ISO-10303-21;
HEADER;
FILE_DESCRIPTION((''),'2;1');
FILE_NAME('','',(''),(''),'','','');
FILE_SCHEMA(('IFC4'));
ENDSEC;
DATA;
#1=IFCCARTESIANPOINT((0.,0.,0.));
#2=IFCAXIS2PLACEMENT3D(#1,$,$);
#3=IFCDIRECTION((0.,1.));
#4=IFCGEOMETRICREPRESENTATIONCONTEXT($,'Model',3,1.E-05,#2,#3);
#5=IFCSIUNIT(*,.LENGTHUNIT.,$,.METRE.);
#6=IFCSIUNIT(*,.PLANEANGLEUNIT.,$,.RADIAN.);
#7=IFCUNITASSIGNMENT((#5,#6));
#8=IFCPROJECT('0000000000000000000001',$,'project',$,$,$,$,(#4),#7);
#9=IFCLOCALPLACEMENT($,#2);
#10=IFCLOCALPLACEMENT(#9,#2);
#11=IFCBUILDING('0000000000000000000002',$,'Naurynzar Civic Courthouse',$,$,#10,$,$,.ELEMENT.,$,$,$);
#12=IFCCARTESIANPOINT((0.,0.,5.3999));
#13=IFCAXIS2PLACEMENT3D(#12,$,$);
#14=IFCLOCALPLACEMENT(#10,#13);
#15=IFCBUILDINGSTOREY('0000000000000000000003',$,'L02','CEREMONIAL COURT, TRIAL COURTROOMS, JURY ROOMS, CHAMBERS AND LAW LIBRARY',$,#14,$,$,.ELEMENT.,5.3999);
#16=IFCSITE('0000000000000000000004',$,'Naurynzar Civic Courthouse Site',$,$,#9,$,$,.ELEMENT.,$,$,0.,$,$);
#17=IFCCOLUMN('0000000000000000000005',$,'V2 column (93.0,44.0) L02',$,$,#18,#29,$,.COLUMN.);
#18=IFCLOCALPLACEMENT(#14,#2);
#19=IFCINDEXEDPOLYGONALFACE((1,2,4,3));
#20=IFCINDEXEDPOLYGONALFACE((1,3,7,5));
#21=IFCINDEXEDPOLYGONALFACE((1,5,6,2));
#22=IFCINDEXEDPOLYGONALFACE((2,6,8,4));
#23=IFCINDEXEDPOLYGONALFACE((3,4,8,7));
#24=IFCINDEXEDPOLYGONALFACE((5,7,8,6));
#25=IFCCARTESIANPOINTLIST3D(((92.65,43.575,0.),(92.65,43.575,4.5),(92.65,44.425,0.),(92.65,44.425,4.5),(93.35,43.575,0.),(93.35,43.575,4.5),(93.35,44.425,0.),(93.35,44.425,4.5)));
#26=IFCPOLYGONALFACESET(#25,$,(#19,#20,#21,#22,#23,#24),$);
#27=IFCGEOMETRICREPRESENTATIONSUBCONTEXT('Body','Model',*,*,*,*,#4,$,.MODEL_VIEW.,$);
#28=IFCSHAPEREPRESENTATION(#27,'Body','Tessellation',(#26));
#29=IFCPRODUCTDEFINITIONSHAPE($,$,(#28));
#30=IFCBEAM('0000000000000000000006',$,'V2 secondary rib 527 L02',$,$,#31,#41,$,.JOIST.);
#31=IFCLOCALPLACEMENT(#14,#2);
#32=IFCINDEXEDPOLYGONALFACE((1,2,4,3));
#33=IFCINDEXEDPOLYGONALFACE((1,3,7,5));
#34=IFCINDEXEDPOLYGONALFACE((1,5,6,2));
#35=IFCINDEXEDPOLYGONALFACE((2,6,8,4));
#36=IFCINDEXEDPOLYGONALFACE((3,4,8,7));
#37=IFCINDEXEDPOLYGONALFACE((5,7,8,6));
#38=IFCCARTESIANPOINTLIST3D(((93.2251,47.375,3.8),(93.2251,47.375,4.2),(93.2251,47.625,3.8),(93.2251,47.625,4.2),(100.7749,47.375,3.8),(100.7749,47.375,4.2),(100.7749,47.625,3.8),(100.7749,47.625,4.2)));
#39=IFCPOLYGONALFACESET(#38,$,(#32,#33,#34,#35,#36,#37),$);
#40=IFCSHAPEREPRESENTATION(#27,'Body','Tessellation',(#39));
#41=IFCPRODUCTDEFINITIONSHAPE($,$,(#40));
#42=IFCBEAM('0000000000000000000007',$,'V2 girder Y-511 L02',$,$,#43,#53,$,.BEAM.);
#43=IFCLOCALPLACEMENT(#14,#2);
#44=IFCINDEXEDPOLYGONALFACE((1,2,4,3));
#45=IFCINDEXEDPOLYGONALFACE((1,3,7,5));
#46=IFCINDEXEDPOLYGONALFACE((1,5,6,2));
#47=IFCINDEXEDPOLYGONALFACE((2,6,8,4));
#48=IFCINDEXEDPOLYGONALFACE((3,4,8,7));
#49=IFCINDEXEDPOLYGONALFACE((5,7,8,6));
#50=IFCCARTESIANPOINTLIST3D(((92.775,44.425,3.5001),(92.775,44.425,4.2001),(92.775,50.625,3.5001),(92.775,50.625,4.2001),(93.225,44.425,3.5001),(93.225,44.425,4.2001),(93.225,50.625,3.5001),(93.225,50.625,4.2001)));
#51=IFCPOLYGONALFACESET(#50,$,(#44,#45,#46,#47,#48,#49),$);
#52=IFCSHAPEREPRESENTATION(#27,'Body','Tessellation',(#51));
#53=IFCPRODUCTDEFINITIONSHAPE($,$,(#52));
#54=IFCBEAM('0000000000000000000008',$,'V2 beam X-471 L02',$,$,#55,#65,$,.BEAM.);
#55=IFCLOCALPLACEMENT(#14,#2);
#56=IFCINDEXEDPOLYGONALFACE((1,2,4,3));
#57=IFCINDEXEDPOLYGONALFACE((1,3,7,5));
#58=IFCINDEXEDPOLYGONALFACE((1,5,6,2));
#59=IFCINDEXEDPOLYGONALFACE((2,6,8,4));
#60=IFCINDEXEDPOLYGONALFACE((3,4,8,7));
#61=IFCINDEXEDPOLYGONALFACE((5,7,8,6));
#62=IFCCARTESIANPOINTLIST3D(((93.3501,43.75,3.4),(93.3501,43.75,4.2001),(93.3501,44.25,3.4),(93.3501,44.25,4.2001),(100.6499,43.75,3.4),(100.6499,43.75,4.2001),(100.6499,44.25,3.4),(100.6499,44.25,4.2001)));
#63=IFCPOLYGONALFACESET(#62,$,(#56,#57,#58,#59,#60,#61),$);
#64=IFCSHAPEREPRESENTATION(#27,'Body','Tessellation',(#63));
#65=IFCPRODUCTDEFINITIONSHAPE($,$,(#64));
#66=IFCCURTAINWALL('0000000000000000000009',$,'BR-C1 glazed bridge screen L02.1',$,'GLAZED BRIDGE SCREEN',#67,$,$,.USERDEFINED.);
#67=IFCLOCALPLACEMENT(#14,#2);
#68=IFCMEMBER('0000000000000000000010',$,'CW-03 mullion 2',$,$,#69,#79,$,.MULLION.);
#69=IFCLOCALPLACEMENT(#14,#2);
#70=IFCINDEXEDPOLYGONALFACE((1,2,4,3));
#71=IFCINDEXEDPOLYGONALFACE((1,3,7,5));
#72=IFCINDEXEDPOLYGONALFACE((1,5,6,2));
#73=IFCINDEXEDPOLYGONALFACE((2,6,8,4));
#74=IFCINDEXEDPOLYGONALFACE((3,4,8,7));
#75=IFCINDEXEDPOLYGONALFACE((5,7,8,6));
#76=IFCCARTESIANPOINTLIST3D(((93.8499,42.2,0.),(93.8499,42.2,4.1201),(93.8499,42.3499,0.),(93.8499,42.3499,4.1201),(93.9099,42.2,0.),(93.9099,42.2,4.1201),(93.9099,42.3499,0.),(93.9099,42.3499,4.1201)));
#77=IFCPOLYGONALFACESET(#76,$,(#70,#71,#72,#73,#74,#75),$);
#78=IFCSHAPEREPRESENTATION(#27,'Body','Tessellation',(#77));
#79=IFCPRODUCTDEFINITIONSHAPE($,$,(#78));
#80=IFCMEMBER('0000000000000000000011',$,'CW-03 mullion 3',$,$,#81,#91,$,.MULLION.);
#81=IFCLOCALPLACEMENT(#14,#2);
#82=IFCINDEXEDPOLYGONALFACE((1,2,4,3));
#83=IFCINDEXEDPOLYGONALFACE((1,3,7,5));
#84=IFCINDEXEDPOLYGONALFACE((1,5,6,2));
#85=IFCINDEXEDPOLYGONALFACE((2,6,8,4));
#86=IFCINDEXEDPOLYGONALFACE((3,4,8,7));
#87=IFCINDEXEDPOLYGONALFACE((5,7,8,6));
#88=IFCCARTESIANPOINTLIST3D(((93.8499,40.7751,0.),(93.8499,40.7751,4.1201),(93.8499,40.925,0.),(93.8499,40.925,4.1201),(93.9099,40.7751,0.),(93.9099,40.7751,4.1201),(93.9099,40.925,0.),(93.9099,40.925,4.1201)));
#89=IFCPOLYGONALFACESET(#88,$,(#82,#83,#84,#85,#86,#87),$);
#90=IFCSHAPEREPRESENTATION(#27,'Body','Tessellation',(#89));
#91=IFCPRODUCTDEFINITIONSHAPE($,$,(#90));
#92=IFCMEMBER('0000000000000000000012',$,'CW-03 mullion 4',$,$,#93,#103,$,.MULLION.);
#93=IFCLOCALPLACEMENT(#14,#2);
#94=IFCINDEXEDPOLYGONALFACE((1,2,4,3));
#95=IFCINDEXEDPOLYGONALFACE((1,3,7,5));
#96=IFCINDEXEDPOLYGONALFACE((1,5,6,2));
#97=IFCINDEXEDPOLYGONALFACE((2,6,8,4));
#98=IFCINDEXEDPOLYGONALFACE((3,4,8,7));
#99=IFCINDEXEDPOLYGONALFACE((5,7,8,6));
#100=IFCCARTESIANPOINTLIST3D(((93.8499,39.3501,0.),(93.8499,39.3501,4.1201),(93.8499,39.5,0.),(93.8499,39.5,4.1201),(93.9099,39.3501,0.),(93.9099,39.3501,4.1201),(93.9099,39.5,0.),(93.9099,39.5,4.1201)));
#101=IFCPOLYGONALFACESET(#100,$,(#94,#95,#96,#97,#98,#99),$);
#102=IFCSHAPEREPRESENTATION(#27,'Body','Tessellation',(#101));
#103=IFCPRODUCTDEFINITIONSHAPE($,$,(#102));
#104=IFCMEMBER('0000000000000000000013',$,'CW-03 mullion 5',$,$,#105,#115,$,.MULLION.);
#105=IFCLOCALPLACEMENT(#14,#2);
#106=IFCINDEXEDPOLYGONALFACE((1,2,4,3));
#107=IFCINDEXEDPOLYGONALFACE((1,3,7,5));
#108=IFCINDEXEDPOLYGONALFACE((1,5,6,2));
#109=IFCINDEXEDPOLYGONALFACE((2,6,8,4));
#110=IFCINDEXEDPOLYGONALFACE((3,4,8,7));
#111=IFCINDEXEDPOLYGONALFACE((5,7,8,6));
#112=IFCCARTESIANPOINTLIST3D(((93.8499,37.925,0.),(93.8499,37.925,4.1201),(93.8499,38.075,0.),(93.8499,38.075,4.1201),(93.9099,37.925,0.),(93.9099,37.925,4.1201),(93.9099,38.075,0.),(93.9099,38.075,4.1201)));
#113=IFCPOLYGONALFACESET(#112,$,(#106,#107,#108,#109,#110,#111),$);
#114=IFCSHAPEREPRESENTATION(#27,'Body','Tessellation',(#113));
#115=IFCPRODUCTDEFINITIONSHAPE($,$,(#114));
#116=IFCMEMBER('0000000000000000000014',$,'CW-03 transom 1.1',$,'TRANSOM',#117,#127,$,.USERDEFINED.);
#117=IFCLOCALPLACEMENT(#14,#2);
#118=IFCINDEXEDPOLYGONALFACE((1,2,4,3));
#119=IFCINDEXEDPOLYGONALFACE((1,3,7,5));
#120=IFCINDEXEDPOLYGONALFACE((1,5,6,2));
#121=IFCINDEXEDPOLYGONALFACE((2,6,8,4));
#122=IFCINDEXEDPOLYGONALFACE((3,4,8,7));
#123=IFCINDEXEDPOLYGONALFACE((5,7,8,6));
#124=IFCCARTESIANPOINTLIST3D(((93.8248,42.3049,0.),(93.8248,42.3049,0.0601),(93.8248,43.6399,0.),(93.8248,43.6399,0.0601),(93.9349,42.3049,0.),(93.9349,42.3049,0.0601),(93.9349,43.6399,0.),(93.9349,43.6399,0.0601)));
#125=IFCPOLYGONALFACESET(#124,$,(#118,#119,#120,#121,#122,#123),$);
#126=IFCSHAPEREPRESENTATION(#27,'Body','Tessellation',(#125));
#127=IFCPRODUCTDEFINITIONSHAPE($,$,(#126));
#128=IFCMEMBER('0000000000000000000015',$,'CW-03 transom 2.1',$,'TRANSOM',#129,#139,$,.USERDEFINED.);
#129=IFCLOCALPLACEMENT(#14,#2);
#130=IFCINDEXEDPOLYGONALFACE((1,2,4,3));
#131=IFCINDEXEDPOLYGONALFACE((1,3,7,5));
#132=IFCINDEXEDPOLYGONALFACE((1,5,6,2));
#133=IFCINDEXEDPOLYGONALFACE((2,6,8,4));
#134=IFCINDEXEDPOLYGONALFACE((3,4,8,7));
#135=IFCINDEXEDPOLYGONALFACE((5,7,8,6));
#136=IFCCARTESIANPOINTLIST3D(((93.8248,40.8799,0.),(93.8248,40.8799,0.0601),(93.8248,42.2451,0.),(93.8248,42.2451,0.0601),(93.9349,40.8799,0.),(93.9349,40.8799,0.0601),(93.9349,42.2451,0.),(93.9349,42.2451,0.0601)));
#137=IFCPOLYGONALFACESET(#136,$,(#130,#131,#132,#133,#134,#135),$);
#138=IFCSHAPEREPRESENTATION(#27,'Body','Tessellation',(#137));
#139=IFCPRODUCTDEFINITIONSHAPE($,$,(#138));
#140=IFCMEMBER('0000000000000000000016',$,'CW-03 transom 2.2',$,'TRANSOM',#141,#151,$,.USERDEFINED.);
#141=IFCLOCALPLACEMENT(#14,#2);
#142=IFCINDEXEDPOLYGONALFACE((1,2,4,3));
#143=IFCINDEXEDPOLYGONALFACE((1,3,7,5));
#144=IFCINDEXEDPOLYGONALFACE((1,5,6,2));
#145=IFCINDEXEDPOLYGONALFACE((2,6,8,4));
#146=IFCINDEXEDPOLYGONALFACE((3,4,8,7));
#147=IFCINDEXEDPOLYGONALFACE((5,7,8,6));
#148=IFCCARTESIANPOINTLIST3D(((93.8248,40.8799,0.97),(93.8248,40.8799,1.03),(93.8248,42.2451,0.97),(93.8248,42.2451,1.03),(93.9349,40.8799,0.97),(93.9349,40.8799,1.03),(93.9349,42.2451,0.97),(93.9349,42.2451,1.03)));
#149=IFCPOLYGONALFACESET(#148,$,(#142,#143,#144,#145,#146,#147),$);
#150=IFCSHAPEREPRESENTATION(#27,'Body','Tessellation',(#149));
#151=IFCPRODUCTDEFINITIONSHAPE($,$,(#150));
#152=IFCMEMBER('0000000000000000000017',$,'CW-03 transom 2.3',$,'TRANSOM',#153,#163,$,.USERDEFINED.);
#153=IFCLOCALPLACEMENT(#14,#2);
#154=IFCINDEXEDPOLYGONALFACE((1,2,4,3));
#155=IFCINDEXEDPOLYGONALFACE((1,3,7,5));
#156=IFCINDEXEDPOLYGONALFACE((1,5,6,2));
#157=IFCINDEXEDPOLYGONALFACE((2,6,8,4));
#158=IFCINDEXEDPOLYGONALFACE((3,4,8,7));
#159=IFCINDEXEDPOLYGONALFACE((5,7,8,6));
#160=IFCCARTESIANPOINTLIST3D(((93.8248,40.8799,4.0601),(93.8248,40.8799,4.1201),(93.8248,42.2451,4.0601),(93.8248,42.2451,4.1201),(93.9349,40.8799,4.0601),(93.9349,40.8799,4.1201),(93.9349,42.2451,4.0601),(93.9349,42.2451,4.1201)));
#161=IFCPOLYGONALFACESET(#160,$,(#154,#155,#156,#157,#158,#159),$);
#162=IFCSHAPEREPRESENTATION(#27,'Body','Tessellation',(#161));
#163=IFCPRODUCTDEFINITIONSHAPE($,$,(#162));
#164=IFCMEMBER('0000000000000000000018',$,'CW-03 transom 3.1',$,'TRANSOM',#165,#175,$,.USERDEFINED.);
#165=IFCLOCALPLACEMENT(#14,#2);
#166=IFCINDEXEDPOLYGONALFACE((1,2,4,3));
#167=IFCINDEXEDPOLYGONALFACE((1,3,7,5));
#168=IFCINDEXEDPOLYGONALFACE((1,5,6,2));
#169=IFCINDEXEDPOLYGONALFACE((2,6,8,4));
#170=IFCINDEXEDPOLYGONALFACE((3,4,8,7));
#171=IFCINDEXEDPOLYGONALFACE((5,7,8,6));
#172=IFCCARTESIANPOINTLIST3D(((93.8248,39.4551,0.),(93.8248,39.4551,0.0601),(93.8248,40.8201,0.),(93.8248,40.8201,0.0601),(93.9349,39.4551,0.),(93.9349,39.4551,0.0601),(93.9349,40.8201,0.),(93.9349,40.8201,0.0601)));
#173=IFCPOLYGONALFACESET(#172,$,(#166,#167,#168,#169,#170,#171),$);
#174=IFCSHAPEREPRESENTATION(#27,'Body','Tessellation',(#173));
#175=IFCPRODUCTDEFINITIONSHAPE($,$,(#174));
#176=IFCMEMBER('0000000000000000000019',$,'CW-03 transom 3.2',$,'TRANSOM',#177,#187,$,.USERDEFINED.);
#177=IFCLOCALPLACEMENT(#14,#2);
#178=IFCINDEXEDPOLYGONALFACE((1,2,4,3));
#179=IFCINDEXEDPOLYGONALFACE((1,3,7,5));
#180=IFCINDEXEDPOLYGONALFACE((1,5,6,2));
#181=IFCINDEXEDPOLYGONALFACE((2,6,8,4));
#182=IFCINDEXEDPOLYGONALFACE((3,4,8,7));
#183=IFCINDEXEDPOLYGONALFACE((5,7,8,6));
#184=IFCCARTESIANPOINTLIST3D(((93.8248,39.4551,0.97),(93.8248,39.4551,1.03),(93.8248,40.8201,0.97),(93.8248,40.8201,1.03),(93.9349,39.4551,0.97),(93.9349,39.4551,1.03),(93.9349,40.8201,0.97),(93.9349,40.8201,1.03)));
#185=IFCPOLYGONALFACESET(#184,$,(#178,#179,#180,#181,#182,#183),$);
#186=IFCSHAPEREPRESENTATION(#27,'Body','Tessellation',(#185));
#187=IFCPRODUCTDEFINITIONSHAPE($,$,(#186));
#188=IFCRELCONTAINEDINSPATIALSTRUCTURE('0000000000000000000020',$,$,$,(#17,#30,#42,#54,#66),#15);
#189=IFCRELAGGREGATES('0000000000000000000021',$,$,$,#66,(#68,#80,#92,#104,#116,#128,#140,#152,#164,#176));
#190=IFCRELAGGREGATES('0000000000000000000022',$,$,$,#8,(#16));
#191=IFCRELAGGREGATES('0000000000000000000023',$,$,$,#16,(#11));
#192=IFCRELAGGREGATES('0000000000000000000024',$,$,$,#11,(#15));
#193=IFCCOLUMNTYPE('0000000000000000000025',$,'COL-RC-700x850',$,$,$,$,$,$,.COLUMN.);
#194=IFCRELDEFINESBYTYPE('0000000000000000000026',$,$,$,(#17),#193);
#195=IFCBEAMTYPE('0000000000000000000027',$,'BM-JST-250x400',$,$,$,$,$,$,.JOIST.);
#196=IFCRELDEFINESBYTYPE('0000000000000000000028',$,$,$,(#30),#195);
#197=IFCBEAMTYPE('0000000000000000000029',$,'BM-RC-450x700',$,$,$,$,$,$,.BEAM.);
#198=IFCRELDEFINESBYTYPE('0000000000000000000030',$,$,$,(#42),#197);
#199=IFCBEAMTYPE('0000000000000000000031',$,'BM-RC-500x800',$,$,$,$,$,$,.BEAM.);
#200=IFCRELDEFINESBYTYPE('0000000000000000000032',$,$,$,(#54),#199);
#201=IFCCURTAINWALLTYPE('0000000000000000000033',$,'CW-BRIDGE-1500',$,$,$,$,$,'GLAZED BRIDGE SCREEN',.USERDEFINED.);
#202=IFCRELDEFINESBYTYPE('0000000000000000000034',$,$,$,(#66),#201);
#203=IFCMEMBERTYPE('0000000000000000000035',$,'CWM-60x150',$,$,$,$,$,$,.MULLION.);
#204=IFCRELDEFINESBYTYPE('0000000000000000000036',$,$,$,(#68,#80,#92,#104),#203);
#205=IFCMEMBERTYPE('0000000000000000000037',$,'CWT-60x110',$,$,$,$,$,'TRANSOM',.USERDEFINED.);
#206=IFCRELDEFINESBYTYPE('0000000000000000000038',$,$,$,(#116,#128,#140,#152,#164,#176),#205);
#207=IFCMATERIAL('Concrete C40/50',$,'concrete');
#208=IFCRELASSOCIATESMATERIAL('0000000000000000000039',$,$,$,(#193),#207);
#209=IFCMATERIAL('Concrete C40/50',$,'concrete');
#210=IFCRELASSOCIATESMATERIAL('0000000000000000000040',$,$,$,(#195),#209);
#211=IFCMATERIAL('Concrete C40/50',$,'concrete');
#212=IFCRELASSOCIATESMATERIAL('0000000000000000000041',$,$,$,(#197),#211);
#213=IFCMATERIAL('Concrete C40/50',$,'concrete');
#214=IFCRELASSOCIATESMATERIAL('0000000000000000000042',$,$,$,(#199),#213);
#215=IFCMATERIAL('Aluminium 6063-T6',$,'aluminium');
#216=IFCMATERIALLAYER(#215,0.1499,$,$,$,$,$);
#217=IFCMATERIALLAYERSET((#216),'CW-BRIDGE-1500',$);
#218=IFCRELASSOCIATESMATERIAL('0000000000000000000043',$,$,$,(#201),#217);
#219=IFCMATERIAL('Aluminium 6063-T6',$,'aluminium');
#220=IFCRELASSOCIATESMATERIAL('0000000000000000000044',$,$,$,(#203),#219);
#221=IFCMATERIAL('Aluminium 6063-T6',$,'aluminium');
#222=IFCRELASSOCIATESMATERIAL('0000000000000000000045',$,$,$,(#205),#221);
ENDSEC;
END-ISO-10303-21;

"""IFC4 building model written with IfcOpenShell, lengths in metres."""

from ifc_helpers import new_model, si_unit, direction, frame, origin, origin_2d, place, context, subcontext, project, spatial, rectangle, extrude, material, layer, layer_set, material_profile, profile_set, type_object, element, aggregate, save


model = new_model("IFC4")

# Units and contexts
model_context = context("Model", 3, precision=1e-05, world=origin(), true_north=direction((0.0, 1.0)))
body_context = subcontext(model_context, "Body", "Model", "MODEL_VIEW")
ifc_project = project(units=[si_unit("LENGTHUNIT", "METRE"), si_unit("PLANEANGLEUNIT", "RADIAN")], contexts=[model_context])

# Site, building, storey
site_placement = place(None, origin())
site = spatial("IfcSite", under=ifc_project, at=site_placement, Name="Naurynzar Civic Courthouse Site", CompositionType="ELEMENT", RefElevation=0.0)
building_placement = place(site_placement, origin())
building = spatial("IfcBuilding", under=site, at=building_placement, Name="Naurynzar Civic Courthouse", CompositionType="ELEMENT")
storey_placement = place(building_placement, frame((0.0, 0.0, 5.3999)))
storey = spatial("IfcBuildingStorey", under=building, at=storey_placement, Name="L02", Description="CEREMONIAL COURT, TRIAL COURTROOMS, JURY ROOMS, CHAMBERS AND LAW LIBRARY", CompositionType="ELEMENT", Elevation=5.3999)

# Column
ifc_material_1 = material(Name="Concrete C40/50", Category="concrete")
ifc_material_profile_1 = material_profile(ifc_material_1, rectangle(XDim=0.7, YDim=0.8501, at=origin_2d()), Name="RC 700x850")
ifc_profile_set_1 = profile_set([ifc_material_profile_1], Name="Concrete C40/50")
column_type = type_object("IfcColumnType", Name="COL-RC-700x850", PredefinedType="COLUMN", material=ifc_profile_set_1)
column_placement = place(storey_placement, frame((93.0, 44.0, 0.0), z_axis=(0.0, 0.0, 1.0), x_axis=(1.0, 0.0, 0.0)))
element("IfcColumn", 1, at=column_placement, inside=storey, type_object=column_type, Name="V2 column (93.0,44.0) L02", PredefinedType="COLUMN", context=body_context, shape_type="SweptSolid", body=[
    extrude(rectangle(XDim=0.7, YDim=0.8501, at=origin_2d()), origin(), (0.0, 0.0, 1.0), 4.5),
])

# Beams
ifc_material_2 = material(Name="Concrete C40/50", Category="concrete")
ifc_material_profile_2 = material_profile(ifc_material_2, rectangle(XDim=0.25, YDim=0.3999, at=origin_2d()), Name="RCB 250x400")
ifc_profile_set_2 = profile_set([ifc_material_profile_2], Name="Concrete C40/50")
beam_type_1 = type_object("IfcBeamType", Name="BM-JST-250x400", PredefinedType="JOIST", material=ifc_profile_set_2)
beam_1_placement = place(storey_placement, frame((93.2251, 47.5, 4.0), z_axis=(1.0, 0.0, 0.0), x_axis=(0.0, 1.0, 0.0)))
element("IfcBeam", 2, at=beam_1_placement, inside=storey, type_object=beam_type_1, Name="V2 secondary rib 527 L02", PredefinedType="JOIST", context=body_context, shape_type="SweptSolid", body=[
    extrude(rectangle(XDim=0.25, YDim=0.3999, at=origin_2d()), origin(), (0.0, 0.0, 1.0), 7.5498),
])
ifc_material_3 = material(Name="Concrete C40/50", Category="concrete")
ifc_material_profile_3 = material_profile(ifc_material_3, rectangle(XDim=0.45, YDim=0.7, at=origin_2d()), Name="RCB 450x700")
ifc_profile_set_3 = profile_set([ifc_material_profile_3], Name="Concrete C40/50")
beam_type_2 = type_object("IfcBeamType", Name="BM-RC-450x700", PredefinedType="BEAM", material=ifc_profile_set_3)
beam_2_placement = place(storey_placement, frame((93.0, 44.425, 3.8501), z_axis=(0.0, 1.0, 0.0), x_axis=(-1.0, 0.0, 0.0)))
element("IfcBeam", 3, at=beam_2_placement, inside=storey, type_object=beam_type_2, Name="V2 girder Y-511 L02", PredefinedType="BEAM", context=body_context, shape_type="SweptSolid", body=[
    extrude(rectangle(XDim=0.45, YDim=0.7, at=origin_2d()), origin(), (0.0, 0.0, 1.0), 6.2),
])
ifc_material_4 = material(Name="Concrete C40/50", Category="concrete")
ifc_material_profile_4 = material_profile(ifc_material_4, rectangle(XDim=0.5, YDim=0.8, at=origin_2d()), Name="RCB 500x800")
ifc_profile_set_4 = profile_set([ifc_material_profile_4], Name="Concrete C40/50")
beam_type_3 = type_object("IfcBeamType", Name="BM-RC-500x800", PredefinedType="BEAM", material=ifc_profile_set_4)
beam_3_placement = place(storey_placement, frame((93.3501, 44.0, 3.8), z_axis=(1.0, 0.0, 0.0), x_axis=(0.0, 1.0, 0.0)))
element("IfcBeam", 4, at=beam_3_placement, inside=storey, type_object=beam_type_3, Name="V2 beam X-471 L02", PredefinedType="BEAM", context=body_context, shape_type="SweptSolid", body=[
    extrude(rectangle(XDim=0.5, YDim=0.8, at=origin_2d()), origin(), (0.0, 0.0, 1.0), 7.2998),
])

# Curtain wall, members
ifc_material_5 = material(Name="Aluminium 6063-T6", Category="aluminium")
ifc_layer_1 = layer(ifc_material_5, 0.1499)
ifc_layer_set_1 = layer_set([ifc_layer_1], Name="CW-BRIDGE-1500")
curtain_wall_type = type_object("IfcCurtainWallType", Name="CW-BRIDGE-1500", ElementType="GLAZED BRIDGE SCREEN", PredefinedType="USERDEFINED", material=ifc_layer_set_1)
curtain_wall_placement = place(storey_placement, origin())
curtain_wall = element("IfcCurtainWall", 5, at=curtain_wall_placement, inside=storey, type_object=curtain_wall_type, Name="BR-C1 glazed bridge screen L02.1", ObjectType="GLAZED BRIDGE SCREEN", PredefinedType="USERDEFINED")
ifc_material_6 = material(Name="Aluminium 6063-T6", Category="aluminium")
ifc_material_profile_5 = material_profile(ifc_material_6, rectangle(XDim=0.0601, YDim=0.1499, at=origin_2d()), Name="ALU MULLION 60x150")
ifc_profile_set_5 = profile_set([ifc_material_profile_5], Name="Aluminium 6063-T6")
member_type_1 = type_object("IfcMemberType", Name="CWM-60x150", PredefinedType="MULLION", material=ifc_profile_set_5)
member_1_placement = place(storey_placement, frame((93.8799, 42.2749, 0.0), z_axis=(0.0, 0.0, 1.0), x_axis=(1.0, 0.0, 0.0)))
member_1 = element("IfcMember", 6, at=member_1_placement, type_object=member_type_1, Name="CW-03 mullion 2", PredefinedType="MULLION", context=body_context, shape_type="SweptSolid", body=[
    extrude(rectangle(XDim=0.0601, YDim=0.1499, at=origin_2d()), origin(), (0.0, 0.0, 1.0), 4.1201),
])
member_2_placement = place(storey_placement, frame((93.8799, 40.8501, 0.0), z_axis=(0.0, 0.0, 1.0), x_axis=(1.0, 0.0, 0.0)))
member_2 = element("IfcMember", 7, at=member_2_placement, type_object=member_type_1, Name="CW-03 mullion 3", PredefinedType="MULLION", context=body_context, shape_type="SweptSolid", body=[
    extrude(rectangle(XDim=0.0601, YDim=0.1499, at=origin_2d()), origin(), (0.0, 0.0, 1.0), 4.1201),
])
member_3_placement = place(storey_placement, frame((93.8799, 39.425, 0.0), z_axis=(0.0, 0.0, 1.0), x_axis=(1.0, 0.0, 0.0)))
member_3 = element("IfcMember", 8, at=member_3_placement, type_object=member_type_1, Name="CW-03 mullion 4", PredefinedType="MULLION", context=body_context, shape_type="SweptSolid", body=[
    extrude(rectangle(XDim=0.0601, YDim=0.1499, at=origin_2d()), origin(), (0.0, 0.0, 1.0), 4.1201),
])
member_4_placement = place(storey_placement, frame((93.8799, 38.0, 0.0), z_axis=(0.0, 0.0, 1.0), x_axis=(1.0, 0.0, 0.0)))
member_4 = element("IfcMember", 9, at=member_4_placement, type_object=member_type_1, Name="CW-03 mullion 5", PredefinedType="MULLION", context=body_context, shape_type="SweptSolid", body=[
    extrude(rectangle(XDim=0.0601, YDim=0.1499, at=origin_2d()), origin(), (0.0, 0.0, 1.0), 4.1201),
])
ifc_material_7 = material(Name="Aluminium 6063-T6", Category="aluminium")
ifc_material_profile_6 = material_profile(ifc_material_7, rectangle(XDim=0.1101, YDim=0.0601, at=origin_2d()), Name="ALU TRANSOM 60x110")
ifc_profile_set_6 = profile_set([ifc_material_profile_6], Name="Aluminium 6063-T6")
member_type_2 = type_object("IfcMemberType", Name="CWT-60x110", ElementType="TRANSOM", PredefinedType="USERDEFINED", material=ifc_profile_set_6)
member_5_placement = place(storey_placement, frame((93.8799, 43.6399, 0.03), z_axis=(0.0, -1.0, 0.0), x_axis=(1.0, 0.0, 0.0)))
member_5 = element("IfcMember", 10, at=member_5_placement, type_object=member_type_2, Name="CW-03 transom 1.1", ObjectType="TRANSOM", PredefinedType="USERDEFINED", context=body_context, shape_type="SweptSolid", body=[
    extrude(rectangle(XDim=0.1101, YDim=0.0601, at=origin_2d()), origin(), (0.0, 0.0, 1.0), 1.335),
])
member_6_placement = place(storey_placement, frame((93.8799, 42.2451, 0.03), z_axis=(0.0, -1.0, 0.0), x_axis=(1.0, 0.0, 0.0)))
member_6 = element("IfcMember", 11, at=member_6_placement, type_object=member_type_2, Name="CW-03 transom 2.1", ObjectType="TRANSOM", PredefinedType="USERDEFINED", context=body_context, shape_type="SweptSolid", body=[
    extrude(rectangle(XDim=0.1101, YDim=0.0601, at=origin_2d()), origin(), (0.0, 0.0, 1.0), 1.3652),
])
member_7_placement = place(storey_placement, frame((93.8799, 42.2451, 1.0), z_axis=(0.0, -1.0, 0.0), x_axis=(1.0, 0.0, 0.0)))
member_7 = element("IfcMember", 12, at=member_7_placement, type_object=member_type_2, Name="CW-03 transom 2.2", ObjectType="TRANSOM", PredefinedType="USERDEFINED", context=body_context, shape_type="SweptSolid", body=[
    extrude(rectangle(XDim=0.1101, YDim=0.0601, at=origin_2d()), origin(), (0.0, 0.0, 1.0), 1.3652),
])
member_8_placement = place(storey_placement, frame((93.8799, 42.2451, 4.0901), z_axis=(0.0, -1.0, 0.0), x_axis=(1.0, 0.0, 0.0)))
member_8 = element("IfcMember", 13, at=member_8_placement, type_object=member_type_2, Name="CW-03 transom 2.3", ObjectType="TRANSOM", PredefinedType="USERDEFINED", context=body_context, shape_type="SweptSolid", body=[
    extrude(rectangle(XDim=0.1101, YDim=0.0601, at=origin_2d()), origin(), (0.0, 0.0, 1.0), 1.3652),
])
member_9_placement = place(storey_placement, frame((93.8799, 40.8201, 0.03), z_axis=(0.0, -1.0, 0.0), x_axis=(1.0, 0.0, 0.0)))
member_9 = element("IfcMember", 14, at=member_9_placement, type_object=member_type_2, Name="CW-03 transom 3.1", ObjectType="TRANSOM", PredefinedType="USERDEFINED", context=body_context, shape_type="SweptSolid", body=[
    extrude(rectangle(XDim=0.1101, YDim=0.0601, at=origin_2d()), origin(), (0.0, 0.0, 1.0), 1.365),
])
member_10_placement = place(storey_placement, frame((93.8799, 40.8201, 1.0), z_axis=(0.0, -1.0, 0.0), x_axis=(1.0, 0.0, 0.0)))
member_10 = element("IfcMember", 15, at=member_10_placement, type_object=member_type_2, Name="CW-03 transom 3.2", ObjectType="TRANSOM", PredefinedType="USERDEFINED", context=body_context, shape_type="SweptSolid", body=[
    extrude(rectangle(XDim=0.1101, YDim=0.0601, at=origin_2d()), origin(), (0.0, 0.0, 1.0), 1.365),
])
aggregate(curtain_wall, [member_1, member_2, member_3, member_4, member_5, member_6, member_7, member_8, member_9, member_10])

save(model, "model.ifc")
